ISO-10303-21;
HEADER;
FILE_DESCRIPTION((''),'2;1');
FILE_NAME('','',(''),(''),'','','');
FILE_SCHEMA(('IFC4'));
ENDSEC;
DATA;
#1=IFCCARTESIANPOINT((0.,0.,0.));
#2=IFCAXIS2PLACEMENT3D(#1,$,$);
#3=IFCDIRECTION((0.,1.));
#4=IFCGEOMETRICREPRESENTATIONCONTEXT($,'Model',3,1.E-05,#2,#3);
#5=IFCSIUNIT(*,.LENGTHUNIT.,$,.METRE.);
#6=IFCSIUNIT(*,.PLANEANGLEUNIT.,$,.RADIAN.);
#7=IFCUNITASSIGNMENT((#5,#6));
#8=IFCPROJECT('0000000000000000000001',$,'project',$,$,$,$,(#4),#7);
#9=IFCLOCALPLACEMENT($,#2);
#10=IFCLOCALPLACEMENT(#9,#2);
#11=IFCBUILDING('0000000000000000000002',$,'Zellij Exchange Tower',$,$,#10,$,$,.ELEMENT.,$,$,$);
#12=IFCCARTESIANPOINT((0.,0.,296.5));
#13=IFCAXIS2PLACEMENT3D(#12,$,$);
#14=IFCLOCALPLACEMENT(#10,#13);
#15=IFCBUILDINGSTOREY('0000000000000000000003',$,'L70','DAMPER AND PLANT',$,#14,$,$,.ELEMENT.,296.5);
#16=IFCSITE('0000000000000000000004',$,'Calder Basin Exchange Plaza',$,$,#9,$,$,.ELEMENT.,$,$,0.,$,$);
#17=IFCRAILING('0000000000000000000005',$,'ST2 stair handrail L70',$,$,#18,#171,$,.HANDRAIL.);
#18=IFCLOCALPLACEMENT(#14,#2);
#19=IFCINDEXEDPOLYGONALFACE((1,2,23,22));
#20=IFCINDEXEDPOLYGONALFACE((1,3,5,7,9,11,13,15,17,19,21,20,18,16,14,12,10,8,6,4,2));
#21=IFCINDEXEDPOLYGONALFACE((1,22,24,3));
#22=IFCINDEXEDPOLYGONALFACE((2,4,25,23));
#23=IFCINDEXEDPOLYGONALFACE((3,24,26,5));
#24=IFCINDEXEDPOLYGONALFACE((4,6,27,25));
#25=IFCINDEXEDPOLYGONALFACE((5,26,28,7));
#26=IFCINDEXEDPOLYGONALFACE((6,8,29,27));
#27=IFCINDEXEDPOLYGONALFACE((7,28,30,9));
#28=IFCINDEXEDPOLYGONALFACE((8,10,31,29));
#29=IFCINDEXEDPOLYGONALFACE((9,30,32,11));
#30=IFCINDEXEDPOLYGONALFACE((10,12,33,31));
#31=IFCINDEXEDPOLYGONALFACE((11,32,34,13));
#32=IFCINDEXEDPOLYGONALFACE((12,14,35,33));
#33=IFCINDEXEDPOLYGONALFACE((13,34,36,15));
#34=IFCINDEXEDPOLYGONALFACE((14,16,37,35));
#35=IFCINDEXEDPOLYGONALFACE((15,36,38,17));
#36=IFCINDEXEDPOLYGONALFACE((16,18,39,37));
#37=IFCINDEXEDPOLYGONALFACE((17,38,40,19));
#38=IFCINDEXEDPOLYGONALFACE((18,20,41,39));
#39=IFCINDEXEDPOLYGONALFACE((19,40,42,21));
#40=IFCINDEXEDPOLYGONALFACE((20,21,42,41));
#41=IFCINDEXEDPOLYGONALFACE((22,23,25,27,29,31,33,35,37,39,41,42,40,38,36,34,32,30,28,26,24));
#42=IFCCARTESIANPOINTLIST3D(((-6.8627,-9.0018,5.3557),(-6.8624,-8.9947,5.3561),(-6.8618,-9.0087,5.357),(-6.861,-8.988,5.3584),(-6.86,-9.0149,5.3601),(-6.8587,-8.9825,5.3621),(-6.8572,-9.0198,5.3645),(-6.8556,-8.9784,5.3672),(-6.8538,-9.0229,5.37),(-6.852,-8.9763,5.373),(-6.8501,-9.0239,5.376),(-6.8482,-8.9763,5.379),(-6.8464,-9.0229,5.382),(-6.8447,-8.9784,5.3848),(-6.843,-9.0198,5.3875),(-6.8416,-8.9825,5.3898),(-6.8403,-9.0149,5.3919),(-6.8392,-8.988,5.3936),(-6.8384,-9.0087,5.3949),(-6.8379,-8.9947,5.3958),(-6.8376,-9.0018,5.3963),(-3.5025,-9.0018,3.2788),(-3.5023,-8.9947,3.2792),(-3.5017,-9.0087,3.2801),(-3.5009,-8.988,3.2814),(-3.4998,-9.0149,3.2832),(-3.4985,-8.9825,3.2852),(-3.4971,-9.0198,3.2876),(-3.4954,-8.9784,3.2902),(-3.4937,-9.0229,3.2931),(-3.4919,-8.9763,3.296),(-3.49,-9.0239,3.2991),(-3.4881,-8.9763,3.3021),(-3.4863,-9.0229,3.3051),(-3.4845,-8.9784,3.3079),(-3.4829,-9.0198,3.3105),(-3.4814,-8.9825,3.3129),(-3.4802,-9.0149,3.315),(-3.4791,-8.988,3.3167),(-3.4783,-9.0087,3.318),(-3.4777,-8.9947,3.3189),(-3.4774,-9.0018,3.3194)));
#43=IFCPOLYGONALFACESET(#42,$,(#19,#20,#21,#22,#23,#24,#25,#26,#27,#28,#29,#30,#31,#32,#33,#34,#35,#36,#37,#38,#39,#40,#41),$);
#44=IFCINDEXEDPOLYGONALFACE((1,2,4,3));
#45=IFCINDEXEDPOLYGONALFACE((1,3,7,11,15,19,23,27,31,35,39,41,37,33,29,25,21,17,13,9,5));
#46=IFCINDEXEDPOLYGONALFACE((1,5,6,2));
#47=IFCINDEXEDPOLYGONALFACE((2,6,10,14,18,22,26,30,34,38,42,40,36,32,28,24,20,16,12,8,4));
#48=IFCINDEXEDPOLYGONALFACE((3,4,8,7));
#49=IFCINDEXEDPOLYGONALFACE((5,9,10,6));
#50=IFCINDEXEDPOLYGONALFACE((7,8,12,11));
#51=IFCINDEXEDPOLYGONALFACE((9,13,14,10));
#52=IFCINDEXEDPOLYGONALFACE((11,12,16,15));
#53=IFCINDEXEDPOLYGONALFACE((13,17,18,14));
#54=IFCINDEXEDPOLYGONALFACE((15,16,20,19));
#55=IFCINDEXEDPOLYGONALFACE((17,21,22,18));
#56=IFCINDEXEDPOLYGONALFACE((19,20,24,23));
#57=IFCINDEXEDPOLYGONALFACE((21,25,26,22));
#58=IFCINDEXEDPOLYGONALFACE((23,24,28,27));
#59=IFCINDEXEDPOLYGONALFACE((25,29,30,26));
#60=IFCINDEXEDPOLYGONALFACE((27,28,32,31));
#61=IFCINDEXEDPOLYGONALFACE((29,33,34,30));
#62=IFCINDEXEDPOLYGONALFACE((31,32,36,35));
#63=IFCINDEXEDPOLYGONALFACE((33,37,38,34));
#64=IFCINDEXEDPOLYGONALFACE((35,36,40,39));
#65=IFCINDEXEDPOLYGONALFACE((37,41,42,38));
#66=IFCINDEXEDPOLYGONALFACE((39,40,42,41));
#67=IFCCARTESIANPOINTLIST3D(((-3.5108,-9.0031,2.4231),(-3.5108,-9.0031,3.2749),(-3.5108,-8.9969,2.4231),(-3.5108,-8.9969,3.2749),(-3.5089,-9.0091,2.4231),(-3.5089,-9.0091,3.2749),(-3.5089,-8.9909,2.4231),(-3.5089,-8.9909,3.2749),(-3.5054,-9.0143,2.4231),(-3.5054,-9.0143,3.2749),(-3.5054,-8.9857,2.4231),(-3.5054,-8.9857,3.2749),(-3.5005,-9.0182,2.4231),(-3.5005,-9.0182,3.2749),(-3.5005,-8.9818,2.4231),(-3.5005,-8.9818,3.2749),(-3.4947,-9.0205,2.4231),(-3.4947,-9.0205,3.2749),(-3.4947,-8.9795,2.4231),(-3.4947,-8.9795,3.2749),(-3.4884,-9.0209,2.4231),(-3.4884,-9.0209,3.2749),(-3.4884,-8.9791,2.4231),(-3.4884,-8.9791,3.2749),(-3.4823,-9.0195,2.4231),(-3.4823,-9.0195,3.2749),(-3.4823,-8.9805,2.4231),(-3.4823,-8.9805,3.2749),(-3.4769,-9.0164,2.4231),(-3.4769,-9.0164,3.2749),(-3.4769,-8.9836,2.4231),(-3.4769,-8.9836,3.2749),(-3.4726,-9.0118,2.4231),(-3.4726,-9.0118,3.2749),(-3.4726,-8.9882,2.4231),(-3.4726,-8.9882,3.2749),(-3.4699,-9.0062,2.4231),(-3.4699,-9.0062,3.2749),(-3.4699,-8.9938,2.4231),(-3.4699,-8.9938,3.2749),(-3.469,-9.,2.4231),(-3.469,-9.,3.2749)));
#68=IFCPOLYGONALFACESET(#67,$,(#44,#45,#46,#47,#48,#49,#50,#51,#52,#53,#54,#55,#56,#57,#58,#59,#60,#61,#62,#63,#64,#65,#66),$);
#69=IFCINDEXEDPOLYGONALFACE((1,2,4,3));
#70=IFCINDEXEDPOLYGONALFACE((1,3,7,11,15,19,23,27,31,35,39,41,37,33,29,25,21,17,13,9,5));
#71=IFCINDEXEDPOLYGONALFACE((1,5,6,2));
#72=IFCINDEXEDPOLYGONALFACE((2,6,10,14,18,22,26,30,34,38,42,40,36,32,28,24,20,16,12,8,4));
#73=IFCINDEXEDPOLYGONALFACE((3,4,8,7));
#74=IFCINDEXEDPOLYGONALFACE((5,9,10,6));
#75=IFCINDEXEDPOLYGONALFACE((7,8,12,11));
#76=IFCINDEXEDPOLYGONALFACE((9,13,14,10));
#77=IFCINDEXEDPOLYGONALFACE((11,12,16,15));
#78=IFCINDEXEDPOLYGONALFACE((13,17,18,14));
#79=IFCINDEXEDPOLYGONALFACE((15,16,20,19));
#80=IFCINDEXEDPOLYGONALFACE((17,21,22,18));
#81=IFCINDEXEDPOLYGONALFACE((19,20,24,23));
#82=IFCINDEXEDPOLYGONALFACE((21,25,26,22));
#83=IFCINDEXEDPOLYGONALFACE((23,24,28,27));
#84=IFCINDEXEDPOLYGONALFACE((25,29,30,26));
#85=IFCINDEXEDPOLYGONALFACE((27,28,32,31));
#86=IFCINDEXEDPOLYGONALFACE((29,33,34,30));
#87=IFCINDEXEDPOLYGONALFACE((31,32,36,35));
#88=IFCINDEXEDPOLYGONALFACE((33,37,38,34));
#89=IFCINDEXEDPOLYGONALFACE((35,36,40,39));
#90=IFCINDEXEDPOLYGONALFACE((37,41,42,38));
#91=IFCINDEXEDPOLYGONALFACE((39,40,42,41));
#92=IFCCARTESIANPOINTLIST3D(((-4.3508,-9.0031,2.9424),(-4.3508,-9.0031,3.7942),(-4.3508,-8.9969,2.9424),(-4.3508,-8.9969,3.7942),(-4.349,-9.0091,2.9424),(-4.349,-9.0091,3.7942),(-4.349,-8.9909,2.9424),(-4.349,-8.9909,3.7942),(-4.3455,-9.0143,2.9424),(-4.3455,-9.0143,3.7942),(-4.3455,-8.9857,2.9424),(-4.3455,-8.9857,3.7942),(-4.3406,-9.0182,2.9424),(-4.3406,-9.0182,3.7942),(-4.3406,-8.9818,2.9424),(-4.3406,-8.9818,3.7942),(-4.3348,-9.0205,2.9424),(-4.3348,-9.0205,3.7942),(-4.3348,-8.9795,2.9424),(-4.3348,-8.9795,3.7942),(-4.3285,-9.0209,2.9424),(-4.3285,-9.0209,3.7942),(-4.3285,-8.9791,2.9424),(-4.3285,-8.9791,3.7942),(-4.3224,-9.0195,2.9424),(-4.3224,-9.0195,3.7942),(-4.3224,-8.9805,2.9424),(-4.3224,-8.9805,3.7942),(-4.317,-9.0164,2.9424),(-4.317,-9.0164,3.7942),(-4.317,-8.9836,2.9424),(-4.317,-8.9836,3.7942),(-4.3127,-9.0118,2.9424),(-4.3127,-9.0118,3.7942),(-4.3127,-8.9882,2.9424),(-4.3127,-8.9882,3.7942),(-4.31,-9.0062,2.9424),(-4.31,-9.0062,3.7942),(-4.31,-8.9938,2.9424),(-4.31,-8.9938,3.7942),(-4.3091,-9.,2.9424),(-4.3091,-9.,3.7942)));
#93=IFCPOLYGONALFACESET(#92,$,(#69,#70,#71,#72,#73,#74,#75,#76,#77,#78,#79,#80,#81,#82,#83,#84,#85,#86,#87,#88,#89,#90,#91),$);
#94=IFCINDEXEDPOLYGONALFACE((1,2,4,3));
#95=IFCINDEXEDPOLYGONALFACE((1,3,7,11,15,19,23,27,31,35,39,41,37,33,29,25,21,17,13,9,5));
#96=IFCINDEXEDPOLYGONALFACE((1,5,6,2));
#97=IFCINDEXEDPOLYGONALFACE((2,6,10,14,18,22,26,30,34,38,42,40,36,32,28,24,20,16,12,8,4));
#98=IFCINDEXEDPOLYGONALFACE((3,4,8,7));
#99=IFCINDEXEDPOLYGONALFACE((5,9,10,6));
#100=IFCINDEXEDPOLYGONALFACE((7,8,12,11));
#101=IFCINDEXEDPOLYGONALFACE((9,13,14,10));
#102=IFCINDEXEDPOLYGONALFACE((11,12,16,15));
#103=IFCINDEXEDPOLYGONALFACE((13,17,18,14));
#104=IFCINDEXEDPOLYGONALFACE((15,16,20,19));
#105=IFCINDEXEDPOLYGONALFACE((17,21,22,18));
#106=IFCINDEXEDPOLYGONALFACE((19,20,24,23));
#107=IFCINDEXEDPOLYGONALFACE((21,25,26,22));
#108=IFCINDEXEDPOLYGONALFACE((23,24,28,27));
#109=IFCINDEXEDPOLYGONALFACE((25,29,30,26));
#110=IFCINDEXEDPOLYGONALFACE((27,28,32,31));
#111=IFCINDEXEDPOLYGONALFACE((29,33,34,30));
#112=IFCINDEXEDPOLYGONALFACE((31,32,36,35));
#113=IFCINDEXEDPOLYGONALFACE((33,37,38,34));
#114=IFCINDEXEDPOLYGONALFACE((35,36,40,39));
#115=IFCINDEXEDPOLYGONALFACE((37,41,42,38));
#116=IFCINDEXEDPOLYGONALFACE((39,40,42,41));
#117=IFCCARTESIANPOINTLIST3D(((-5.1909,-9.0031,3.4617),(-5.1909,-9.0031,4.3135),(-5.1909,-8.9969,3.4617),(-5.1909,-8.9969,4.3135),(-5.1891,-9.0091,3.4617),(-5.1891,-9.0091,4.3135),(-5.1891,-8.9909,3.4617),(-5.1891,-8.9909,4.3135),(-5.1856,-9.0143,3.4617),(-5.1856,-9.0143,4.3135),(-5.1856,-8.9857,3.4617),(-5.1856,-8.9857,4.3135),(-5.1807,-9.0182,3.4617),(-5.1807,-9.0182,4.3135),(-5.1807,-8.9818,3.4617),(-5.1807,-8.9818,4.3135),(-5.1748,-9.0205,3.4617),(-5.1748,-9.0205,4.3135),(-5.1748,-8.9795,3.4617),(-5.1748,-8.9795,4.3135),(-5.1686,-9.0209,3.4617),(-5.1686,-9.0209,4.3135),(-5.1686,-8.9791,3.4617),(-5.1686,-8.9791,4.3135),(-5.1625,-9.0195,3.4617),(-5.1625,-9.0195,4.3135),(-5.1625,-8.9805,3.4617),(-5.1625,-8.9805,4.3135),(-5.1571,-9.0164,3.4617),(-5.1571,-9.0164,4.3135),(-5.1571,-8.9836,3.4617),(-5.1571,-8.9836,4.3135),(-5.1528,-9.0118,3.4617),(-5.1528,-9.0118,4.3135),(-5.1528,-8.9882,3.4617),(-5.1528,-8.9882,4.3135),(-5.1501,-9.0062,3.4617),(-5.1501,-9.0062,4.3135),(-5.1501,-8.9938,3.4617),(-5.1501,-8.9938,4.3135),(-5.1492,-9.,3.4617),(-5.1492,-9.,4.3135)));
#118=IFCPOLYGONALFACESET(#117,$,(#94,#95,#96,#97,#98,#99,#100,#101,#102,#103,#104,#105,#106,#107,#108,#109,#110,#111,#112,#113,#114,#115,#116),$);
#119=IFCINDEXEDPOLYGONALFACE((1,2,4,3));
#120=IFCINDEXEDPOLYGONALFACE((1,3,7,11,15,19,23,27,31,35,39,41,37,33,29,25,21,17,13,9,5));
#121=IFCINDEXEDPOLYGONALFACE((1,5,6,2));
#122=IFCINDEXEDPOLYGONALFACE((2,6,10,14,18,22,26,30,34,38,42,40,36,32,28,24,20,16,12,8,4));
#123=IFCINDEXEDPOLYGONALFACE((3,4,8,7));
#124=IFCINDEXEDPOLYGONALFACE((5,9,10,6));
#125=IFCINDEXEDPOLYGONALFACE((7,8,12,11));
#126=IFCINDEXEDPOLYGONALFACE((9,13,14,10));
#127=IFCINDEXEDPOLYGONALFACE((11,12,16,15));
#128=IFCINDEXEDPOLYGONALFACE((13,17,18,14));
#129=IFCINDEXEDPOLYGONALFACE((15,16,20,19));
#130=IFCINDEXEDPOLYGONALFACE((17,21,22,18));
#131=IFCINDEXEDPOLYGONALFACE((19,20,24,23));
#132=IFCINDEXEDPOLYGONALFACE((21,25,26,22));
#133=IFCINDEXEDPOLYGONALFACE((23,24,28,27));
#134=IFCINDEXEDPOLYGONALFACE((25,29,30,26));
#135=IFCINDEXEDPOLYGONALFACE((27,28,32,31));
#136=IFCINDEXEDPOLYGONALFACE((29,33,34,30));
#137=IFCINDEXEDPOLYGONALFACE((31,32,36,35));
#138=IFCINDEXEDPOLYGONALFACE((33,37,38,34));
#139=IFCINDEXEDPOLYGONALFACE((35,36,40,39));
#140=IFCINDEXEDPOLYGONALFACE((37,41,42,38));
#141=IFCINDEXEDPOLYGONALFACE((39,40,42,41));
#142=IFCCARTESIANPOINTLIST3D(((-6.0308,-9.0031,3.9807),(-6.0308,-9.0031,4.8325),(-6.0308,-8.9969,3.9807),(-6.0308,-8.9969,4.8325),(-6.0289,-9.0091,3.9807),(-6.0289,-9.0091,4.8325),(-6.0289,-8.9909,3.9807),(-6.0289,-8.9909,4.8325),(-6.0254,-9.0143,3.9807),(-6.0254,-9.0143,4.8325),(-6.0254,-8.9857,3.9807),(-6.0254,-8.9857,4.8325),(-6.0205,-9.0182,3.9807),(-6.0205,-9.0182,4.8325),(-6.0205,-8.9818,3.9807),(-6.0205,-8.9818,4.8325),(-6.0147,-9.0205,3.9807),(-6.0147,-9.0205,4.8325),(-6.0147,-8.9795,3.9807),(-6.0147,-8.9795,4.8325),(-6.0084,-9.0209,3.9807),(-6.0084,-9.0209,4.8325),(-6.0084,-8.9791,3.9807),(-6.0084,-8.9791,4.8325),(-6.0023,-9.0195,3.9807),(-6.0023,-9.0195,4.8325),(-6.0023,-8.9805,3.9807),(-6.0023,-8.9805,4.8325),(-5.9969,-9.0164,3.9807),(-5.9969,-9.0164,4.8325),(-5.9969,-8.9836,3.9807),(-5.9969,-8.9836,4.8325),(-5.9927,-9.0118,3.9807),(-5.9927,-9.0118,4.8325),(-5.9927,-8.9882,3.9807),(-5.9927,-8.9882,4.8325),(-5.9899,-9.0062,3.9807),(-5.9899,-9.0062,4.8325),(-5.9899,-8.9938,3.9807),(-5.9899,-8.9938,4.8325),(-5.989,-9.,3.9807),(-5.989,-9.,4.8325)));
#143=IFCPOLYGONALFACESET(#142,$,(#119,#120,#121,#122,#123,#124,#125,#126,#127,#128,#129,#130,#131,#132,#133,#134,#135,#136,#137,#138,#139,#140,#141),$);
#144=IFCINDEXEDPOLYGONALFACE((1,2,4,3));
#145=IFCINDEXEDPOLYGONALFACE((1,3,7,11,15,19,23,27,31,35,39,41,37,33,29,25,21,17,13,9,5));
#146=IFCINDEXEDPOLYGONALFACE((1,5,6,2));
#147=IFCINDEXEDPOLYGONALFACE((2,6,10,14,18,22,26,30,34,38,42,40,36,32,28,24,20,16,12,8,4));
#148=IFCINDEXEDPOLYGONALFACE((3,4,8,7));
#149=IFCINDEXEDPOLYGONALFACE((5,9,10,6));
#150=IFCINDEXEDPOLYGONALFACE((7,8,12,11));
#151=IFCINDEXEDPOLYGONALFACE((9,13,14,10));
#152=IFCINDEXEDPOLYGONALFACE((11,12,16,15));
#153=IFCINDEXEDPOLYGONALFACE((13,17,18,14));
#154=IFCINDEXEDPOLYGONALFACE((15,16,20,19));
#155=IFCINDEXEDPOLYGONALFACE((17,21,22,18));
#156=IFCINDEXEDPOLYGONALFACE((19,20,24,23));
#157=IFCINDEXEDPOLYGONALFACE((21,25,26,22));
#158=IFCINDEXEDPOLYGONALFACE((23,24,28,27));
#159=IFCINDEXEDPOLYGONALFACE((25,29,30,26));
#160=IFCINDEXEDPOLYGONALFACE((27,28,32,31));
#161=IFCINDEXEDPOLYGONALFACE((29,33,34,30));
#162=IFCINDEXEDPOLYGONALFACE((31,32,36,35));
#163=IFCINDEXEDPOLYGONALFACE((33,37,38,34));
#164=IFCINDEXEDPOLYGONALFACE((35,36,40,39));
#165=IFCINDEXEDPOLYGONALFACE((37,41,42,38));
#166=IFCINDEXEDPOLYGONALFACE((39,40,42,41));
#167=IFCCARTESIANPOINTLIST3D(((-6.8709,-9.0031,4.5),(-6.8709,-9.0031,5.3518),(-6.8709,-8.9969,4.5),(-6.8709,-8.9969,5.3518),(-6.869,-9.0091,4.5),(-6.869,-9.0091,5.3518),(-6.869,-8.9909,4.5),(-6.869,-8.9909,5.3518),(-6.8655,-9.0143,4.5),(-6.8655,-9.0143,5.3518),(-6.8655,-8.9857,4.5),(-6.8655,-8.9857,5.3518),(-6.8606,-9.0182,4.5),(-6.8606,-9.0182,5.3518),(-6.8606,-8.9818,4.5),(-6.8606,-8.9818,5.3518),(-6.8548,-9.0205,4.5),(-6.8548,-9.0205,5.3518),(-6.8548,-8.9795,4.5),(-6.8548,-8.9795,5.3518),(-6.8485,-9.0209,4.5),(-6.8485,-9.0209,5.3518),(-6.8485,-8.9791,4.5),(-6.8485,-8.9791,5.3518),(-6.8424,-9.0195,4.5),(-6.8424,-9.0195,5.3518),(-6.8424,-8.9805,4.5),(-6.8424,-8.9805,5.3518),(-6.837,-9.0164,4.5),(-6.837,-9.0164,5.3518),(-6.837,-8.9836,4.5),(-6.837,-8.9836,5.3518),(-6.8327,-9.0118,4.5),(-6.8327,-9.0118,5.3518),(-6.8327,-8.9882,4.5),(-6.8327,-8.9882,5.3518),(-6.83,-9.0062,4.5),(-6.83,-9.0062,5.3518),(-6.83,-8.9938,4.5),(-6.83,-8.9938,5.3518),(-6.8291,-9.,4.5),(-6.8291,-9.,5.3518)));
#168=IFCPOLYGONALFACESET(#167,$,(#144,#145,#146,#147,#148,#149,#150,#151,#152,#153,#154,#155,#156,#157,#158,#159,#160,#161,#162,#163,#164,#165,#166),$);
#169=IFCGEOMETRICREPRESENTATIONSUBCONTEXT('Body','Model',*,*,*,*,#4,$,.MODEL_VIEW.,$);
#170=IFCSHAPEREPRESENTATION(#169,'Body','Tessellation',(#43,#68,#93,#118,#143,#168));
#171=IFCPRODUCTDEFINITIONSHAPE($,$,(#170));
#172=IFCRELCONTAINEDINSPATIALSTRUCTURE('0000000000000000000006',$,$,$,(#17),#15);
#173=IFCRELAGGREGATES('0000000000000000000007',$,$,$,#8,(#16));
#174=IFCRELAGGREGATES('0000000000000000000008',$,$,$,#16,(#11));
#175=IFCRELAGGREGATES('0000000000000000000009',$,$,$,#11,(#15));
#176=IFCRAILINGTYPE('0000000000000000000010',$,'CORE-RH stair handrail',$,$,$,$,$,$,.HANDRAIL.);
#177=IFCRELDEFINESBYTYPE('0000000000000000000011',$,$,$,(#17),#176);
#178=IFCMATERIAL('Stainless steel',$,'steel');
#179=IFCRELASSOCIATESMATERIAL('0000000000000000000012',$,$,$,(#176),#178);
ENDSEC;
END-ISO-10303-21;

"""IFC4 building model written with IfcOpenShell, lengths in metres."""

from ifc_helpers import new_model, si_unit, direction, frame, origin, origin_2d, place, context, subcontext, project, spatial, circle, extrude, material, type_object, element, save


model = new_model("IFC4")

# Units and contexts
model_context = context("Model", 3, precision=1e-05, world=origin(), true_north=direction((0.0, 1.0)))
body_context = subcontext(model_context, "Body", "Model", "MODEL_VIEW")
ifc_project = project(units=[si_unit("LENGTHUNIT", "METRE"), si_unit("PLANEANGLEUNIT", "RADIAN")], contexts=[model_context])

# Site, building, storey
site_placement = place(None, origin())
site = spatial("IfcSite", under=ifc_project, at=site_placement, Name="Calder Basin Exchange Plaza", CompositionType="ELEMENT", RefElevation=0.0)
building_placement = place(site_placement, origin())
building = spatial("IfcBuilding", under=site, at=building_placement, Name="Zellij Exchange Tower", CompositionType="ELEMENT")
storey_placement = place(building_placement, frame((0.0, 0.0, 296.5)))
storey = spatial("IfcBuildingStorey", under=building, at=storey_placement, Name="L70", Description="DAMPER AND PLANT", CompositionType="ELEMENT", Elevation=296.5)

# Railing
ifc_material_1 = material(Name="Stainless steel", Category="steel")
railing_type_1 = type_object("IfcRailingType", Name="CORE-RH stair handrail", PredefinedType="HANDRAIL", material=ifc_material_1)
railing_1_placement = place(storey_placement, frame((-3.49, -9.0, 2.4231)))
element("IfcRailing", 1, at=railing_1_placement, inside=storey, type_object=railing_type_1, Name="ST2 stair handrail L70", PredefinedType="HANDRAIL", context=body_context, shape_type="SweptSolid", body=[
    extrude(circle(Radius=0.0239, at=origin_2d()), frame((0.0, 0.0, 0.876), z_axis=(-0.850623, 0.0, 0.525776), x_axis=(0.0, -1.0, 0.0)), (0.0, 0.0, 1.0), 3.9502),
    extrude(circle(Radius=0.021, at=origin_2d()), origin(), (0.0, 0.0, 1.0), 0.8518),
    extrude(circle(Radius=0.021, at=origin_2d()), frame((-0.8401, 0.0, 0.5193)), (0.0, 0.0, 1.0), 0.8518),
    extrude(circle(Radius=0.021, at=origin_2d()), frame((-1.6802, 0.0, 1.0386)), (0.0, 0.0, 1.0), 0.8518),
    extrude(circle(Radius=0.021, at=origin_2d()), frame((-2.52, 0.0, 1.5576)), (0.0, 0.0, 1.0), 0.8518),
    extrude(circle(Radius=0.021, at=origin_2d()), frame((-3.3601, 0.0, 2.0769)), (0.0, 0.0, 1.0), 0.8518),
])

save(model, "model.ifc")
